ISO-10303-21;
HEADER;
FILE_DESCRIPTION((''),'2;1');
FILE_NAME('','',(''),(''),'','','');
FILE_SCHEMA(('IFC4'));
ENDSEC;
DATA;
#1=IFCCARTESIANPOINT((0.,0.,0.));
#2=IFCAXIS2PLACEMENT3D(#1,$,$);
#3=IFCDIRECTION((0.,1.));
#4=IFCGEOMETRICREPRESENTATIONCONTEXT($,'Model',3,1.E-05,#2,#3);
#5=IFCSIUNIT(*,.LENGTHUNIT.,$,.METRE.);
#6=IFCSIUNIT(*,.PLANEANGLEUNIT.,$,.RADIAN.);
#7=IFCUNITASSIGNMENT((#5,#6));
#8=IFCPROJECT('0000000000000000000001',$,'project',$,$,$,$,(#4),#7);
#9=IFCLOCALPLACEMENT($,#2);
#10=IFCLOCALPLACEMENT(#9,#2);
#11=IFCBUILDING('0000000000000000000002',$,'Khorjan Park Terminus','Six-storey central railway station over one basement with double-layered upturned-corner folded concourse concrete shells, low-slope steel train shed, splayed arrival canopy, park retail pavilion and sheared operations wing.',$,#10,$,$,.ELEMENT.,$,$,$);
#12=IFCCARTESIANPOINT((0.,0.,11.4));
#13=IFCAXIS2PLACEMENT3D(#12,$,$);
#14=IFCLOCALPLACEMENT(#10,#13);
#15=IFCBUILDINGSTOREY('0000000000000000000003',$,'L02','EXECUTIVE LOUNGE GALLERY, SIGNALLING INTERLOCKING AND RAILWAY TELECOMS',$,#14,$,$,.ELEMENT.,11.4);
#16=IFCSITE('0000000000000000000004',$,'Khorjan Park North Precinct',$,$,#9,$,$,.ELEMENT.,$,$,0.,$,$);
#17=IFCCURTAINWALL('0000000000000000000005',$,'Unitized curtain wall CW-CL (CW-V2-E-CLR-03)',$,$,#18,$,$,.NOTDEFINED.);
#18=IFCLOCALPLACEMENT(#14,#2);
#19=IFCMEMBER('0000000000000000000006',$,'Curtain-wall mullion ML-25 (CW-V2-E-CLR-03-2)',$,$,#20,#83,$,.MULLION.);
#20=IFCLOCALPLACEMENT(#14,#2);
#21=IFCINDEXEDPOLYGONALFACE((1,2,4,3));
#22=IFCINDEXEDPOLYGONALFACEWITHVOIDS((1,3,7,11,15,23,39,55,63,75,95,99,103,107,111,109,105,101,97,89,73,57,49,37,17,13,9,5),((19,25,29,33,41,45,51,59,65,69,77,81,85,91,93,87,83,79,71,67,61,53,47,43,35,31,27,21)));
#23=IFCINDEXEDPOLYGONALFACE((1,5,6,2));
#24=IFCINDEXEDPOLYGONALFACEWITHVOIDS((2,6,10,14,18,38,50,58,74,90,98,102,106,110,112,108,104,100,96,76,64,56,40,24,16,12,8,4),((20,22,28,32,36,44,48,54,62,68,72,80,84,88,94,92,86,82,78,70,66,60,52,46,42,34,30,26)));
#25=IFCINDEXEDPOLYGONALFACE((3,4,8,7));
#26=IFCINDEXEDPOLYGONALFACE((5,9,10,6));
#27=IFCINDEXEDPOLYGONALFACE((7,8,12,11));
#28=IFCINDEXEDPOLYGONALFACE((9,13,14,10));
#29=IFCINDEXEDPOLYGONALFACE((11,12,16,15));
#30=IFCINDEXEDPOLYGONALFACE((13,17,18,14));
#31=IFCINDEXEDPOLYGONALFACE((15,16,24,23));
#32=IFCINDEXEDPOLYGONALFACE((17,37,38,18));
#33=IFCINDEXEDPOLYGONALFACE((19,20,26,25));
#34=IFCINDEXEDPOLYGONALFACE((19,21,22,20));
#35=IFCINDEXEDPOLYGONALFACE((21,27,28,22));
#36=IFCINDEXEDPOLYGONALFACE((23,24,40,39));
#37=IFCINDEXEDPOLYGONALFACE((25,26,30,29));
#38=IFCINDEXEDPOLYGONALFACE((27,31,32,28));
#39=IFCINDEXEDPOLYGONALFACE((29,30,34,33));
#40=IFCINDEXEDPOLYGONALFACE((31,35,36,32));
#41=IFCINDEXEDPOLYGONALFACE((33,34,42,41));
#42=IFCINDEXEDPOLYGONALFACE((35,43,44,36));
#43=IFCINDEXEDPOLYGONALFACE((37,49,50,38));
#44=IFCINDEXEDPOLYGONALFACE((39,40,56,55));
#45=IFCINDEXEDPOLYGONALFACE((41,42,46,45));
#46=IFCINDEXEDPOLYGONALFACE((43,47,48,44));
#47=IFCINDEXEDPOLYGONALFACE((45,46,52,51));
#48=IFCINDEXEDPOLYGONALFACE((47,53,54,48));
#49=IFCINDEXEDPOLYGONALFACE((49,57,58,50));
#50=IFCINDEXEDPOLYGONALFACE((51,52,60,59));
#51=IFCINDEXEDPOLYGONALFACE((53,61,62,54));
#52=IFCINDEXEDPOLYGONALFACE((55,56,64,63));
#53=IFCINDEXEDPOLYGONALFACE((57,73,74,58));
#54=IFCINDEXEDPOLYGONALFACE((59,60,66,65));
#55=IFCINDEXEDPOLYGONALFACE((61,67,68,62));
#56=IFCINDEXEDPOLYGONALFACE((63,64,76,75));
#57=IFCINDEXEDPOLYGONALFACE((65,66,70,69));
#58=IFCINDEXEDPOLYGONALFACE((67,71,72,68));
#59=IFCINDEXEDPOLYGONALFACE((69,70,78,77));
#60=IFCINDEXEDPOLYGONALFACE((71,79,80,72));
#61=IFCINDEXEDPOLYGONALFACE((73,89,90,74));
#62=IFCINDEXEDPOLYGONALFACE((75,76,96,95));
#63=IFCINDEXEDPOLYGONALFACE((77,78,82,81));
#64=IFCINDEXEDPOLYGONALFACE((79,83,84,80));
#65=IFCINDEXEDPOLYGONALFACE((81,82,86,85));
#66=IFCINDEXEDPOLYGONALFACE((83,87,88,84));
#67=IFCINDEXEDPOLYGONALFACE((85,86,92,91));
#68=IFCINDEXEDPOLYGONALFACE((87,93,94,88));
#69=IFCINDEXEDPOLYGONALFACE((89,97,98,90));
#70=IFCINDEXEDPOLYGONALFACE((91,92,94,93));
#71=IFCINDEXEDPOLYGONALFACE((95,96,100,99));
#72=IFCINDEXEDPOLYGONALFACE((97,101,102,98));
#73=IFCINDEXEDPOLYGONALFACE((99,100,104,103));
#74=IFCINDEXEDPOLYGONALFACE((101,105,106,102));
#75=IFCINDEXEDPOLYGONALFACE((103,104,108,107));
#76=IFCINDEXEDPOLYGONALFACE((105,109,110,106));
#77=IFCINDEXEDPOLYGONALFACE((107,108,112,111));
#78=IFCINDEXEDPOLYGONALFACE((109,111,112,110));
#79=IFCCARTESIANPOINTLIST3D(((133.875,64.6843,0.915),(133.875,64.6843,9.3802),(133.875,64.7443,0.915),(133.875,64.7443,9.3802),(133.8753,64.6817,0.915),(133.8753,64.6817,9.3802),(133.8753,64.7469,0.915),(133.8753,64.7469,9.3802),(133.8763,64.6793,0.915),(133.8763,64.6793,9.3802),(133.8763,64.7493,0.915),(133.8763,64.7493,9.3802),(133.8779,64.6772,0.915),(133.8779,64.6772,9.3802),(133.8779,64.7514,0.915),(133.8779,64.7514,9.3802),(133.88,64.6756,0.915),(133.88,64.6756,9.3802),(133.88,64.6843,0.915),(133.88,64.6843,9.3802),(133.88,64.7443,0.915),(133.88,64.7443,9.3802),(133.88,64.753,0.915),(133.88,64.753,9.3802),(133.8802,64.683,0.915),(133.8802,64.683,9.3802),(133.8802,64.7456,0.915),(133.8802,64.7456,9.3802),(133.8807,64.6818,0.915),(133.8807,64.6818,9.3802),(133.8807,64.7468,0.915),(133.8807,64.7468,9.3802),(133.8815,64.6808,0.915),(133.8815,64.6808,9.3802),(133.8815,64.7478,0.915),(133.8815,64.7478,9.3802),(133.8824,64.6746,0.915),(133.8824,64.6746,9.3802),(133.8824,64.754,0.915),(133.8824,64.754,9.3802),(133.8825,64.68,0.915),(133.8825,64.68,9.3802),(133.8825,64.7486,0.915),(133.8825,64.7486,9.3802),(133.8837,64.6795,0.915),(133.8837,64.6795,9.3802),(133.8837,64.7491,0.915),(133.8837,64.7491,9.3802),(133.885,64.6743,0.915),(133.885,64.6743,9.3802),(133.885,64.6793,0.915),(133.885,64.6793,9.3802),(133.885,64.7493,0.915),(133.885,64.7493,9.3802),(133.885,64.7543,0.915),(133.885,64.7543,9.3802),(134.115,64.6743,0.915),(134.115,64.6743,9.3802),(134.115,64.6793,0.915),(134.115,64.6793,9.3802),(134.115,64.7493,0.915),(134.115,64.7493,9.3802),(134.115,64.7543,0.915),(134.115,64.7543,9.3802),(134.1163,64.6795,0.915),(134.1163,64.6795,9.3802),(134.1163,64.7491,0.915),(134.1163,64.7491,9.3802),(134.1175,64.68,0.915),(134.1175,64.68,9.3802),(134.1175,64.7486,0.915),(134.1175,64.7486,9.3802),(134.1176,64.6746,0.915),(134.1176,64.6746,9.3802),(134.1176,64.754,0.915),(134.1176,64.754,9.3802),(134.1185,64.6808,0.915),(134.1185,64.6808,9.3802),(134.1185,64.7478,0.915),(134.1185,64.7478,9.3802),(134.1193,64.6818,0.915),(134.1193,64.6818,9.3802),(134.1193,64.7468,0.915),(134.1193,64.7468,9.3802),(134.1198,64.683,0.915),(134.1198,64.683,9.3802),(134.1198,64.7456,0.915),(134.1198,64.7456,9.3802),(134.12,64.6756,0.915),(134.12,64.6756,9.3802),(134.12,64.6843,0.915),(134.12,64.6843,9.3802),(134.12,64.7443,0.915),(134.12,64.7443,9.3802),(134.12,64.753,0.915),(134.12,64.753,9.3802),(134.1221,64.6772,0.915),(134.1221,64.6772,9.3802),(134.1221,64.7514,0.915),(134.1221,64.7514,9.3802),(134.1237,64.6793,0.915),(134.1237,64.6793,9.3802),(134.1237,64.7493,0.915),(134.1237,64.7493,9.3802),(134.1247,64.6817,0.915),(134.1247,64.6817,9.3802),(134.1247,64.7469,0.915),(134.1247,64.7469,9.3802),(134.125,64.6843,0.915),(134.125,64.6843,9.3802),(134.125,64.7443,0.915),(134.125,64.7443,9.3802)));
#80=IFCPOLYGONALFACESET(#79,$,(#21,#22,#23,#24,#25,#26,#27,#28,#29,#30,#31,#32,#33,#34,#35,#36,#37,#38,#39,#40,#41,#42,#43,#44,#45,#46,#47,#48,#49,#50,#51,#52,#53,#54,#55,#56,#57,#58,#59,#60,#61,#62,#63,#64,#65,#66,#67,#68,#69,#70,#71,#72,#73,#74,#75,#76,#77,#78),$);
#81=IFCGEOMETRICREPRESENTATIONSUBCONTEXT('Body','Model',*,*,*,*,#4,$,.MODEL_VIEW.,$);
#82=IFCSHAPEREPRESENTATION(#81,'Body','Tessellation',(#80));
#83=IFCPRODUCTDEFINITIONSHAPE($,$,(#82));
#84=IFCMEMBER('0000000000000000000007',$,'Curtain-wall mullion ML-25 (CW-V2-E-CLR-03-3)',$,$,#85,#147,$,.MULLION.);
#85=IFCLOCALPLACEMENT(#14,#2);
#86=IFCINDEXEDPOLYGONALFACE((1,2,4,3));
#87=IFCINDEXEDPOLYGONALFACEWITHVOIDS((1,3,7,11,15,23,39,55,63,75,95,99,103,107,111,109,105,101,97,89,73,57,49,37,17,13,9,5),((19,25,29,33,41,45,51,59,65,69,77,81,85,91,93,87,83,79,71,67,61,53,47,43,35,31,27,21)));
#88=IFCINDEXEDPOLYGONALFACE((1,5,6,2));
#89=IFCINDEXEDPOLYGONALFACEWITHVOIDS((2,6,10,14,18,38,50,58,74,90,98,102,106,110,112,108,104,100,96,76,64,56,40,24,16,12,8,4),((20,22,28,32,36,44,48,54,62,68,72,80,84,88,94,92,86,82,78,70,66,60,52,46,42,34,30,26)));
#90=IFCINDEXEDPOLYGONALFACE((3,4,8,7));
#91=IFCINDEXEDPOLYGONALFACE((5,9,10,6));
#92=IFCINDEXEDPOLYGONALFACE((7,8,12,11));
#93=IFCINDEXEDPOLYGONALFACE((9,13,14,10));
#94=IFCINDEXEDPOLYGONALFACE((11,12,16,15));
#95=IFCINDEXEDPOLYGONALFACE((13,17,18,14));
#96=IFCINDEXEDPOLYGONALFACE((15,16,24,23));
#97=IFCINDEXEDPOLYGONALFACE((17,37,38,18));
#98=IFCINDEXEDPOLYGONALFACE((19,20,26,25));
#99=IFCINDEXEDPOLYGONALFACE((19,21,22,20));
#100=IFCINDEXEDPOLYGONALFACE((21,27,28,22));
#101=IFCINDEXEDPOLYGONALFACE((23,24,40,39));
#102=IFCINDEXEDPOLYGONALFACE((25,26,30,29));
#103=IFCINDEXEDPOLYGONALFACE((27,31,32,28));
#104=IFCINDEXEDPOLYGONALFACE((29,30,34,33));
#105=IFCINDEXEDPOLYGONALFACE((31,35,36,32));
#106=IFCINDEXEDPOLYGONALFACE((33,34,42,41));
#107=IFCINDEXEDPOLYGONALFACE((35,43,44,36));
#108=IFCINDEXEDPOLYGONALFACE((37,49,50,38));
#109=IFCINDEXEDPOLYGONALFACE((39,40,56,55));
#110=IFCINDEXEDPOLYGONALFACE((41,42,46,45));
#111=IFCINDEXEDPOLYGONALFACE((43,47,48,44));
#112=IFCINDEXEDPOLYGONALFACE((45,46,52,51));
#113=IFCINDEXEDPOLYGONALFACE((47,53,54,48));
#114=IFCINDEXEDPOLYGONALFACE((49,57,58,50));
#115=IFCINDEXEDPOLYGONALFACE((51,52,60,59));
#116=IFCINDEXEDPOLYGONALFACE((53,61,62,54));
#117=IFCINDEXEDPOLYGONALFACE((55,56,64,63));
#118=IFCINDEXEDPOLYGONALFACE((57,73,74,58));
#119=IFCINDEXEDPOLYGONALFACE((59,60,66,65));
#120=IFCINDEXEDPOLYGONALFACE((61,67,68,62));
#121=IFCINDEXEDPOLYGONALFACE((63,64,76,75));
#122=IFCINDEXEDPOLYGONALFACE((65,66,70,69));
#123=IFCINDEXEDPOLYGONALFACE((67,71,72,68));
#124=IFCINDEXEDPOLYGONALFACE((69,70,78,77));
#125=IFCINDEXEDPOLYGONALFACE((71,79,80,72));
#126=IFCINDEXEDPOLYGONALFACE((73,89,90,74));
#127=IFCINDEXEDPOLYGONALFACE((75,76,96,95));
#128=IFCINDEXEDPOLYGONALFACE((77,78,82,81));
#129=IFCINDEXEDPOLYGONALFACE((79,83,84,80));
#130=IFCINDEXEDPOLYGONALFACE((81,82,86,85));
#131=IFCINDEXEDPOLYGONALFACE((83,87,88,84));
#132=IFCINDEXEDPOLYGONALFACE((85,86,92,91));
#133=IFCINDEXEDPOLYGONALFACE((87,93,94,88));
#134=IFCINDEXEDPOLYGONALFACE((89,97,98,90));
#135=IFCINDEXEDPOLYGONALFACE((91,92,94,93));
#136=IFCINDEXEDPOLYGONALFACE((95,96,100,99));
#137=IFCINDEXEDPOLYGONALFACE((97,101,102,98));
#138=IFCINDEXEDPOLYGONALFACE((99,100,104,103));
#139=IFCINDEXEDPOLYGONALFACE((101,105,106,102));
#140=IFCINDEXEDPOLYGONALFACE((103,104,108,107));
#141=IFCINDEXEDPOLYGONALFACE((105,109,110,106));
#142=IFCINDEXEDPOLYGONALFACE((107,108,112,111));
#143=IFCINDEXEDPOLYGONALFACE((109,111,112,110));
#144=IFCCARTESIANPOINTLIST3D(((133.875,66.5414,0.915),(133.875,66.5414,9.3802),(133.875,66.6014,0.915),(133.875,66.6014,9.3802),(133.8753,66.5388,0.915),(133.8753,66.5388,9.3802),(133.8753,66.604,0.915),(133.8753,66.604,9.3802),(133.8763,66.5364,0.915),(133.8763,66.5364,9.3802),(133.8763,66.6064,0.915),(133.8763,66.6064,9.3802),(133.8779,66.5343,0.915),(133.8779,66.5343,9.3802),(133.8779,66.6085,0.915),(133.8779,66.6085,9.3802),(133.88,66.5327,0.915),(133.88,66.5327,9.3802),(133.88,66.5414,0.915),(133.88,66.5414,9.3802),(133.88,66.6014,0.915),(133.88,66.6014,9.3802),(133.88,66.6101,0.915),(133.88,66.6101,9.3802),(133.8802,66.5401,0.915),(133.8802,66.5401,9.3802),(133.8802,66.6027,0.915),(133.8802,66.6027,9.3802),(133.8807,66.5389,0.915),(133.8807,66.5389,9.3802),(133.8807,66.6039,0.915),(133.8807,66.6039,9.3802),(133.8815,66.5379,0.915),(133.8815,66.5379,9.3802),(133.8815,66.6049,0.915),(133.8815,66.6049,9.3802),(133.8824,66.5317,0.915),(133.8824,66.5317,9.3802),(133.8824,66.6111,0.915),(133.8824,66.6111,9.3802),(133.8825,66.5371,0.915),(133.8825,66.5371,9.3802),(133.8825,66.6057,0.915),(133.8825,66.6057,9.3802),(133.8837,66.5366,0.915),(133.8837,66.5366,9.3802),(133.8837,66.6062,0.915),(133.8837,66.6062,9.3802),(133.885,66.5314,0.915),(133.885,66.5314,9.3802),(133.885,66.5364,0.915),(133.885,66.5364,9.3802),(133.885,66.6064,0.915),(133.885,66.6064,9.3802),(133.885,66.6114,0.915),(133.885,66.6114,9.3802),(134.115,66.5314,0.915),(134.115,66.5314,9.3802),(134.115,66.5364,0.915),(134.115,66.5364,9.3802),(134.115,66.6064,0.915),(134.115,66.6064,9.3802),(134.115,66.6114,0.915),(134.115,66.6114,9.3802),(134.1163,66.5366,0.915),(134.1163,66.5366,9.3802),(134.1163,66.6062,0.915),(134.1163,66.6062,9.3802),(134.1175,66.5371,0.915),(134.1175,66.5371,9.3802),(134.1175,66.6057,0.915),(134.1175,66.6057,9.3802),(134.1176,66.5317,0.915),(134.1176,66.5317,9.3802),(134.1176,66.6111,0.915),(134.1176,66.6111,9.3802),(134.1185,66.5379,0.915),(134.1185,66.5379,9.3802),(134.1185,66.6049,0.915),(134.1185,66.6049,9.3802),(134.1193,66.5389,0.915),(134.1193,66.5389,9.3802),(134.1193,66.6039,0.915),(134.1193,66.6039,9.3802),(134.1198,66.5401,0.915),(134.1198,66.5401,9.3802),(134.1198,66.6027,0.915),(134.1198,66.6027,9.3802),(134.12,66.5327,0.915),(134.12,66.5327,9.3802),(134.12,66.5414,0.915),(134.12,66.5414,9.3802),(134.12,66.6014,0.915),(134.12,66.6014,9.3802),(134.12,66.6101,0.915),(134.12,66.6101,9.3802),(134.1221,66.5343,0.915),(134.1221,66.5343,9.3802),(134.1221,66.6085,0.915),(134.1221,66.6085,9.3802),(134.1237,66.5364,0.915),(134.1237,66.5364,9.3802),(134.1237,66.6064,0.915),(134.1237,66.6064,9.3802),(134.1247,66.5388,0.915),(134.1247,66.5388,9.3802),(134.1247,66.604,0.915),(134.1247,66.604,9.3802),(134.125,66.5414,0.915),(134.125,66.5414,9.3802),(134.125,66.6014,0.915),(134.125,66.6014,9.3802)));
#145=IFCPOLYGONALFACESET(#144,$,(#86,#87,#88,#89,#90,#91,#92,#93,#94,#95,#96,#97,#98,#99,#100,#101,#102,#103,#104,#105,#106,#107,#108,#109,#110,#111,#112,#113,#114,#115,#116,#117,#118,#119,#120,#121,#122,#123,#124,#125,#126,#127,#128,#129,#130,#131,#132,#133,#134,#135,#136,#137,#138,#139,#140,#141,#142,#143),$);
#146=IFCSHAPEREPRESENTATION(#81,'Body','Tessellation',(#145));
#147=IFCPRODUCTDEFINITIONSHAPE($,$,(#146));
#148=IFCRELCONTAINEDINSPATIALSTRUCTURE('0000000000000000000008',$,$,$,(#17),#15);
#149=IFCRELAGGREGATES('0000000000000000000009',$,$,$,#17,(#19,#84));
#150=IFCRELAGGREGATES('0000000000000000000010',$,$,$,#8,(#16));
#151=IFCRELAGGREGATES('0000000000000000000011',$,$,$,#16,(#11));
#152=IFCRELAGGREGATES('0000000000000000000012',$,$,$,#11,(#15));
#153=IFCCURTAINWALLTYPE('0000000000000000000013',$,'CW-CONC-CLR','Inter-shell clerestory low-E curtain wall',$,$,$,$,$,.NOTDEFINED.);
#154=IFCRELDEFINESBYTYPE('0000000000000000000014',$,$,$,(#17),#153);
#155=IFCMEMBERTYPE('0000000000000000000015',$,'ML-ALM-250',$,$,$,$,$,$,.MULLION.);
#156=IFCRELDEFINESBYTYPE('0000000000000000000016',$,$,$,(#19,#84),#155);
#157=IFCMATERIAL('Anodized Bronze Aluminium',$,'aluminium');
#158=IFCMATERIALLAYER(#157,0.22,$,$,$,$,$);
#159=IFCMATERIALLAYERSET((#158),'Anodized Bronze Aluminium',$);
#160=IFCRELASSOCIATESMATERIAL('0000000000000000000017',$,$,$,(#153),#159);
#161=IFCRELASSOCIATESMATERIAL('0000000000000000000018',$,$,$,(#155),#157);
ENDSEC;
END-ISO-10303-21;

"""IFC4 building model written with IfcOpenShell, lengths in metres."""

from ifc_helpers import new_model, si_unit, direction, frame, origin, origin_2d, place, context, subcontext, project, spatial, hollow_rectangle, extrude, material, layer, layer_set, material_profile, profile_set, type_object, element, aggregate, save


model = new_model("IFC4")

# Units and contexts
model_context = context("Model", 3, precision=1e-05, world=origin(), true_north=direction((0.0, 1.0)))
body_context = subcontext(model_context, "Body", "Model", "MODEL_VIEW")
ifc_project = project(units=[si_unit("LENGTHUNIT", "METRE"), si_unit("PLANEANGLEUNIT", "RADIAN")], contexts=[model_context])

# Site, building, storey
site_placement = place(None, origin())
site = spatial("IfcSite", under=ifc_project, at=site_placement, Name="Khorjan Park North Precinct", CompositionType="ELEMENT", RefElevation=0.0)
building_placement = place(site_placement, origin())
building = spatial("IfcBuilding", under=site, at=building_placement, Name="Khorjan Park Terminus", Description="Six-storey central railway station over one basement with double-layered upturned-corner folded concourse concrete shells, low-slope steel train shed, splayed arrival canopy, park retail pavilion and sheared operations wing.", CompositionType="ELEMENT")
storey_placement = place(building_placement, frame((0.0, 0.0, 11.4)))
storey = spatial("IfcBuildingStorey", under=building, at=storey_placement, Name="L02", Description="EXECUTIVE LOUNGE GALLERY, SIGNALLING INTERLOCKING AND RAILWAY TELECOMS", CompositionType="ELEMENT", Elevation=11.4)

# Shared definitions
ifc_material_1 = material(Name="Anodized Bronze Aluminium", Category="aluminium")
ifc_layer_1 = layer(ifc_material_1, 0.22)
ifc_layer_set_1 = layer_set([ifc_layer_1], Name="Anodized Bronze Aluminium")
curtain_wall_type = type_object("IfcCurtainWallType", Name="CW-CONC-CLR", Description="Inter-shell clerestory low-E curtain wall", PredefinedType="NOTDEFINED", material=ifc_layer_set_1)
ifc_material_profile_1 = material_profile(ifc_material_1, hollow_rectangle(XDim=0.08, YDim=0.25, WallThickness=0.005, InnerFilletRadius=0.005, OuterFilletRadius=0.01, at=origin_2d()), Name="ALM 80x250x5")
ifc_profile_set_1 = profile_set([ifc_material_profile_1], Name="Anodized Bronze Aluminium")
member_type_1 = type_object("IfcMemberType", Name="ML-ALM-250", PredefinedType="MULLION", material=ifc_profile_set_1)

# Curtain wall, members
curtain_wall_1_placement = place(storey_placement, origin())
curtain_wall_1 = element("IfcCurtainWall", 1, at=curtain_wall_1_placement, inside=storey, type_object=curtain_wall_type, Name="Unitized curtain wall CW-CL (CW-V2-E-CLR-03)", PredefinedType="NOTDEFINED")
member_1_placement = place(storey_placement, frame((134.0, 64.7143, 0.915), z_axis=(0.0, 0.0, 1.0), x_axis=(0.0, 1.0, 0.0)))
member_1 = element("IfcMember", 2, at=member_1_placement, type_object=member_type_1, Name="Curtain-wall mullion ML-25 (CW-V2-E-CLR-03-2)", PredefinedType="MULLION", context=body_context, shape_type="SweptSolid", body=[
    extrude(hollow_rectangle(XDim=0.08, YDim=0.25, WallThickness=0.005, InnerFilletRadius=0.005, OuterFilletRadius=0.01, at=origin_2d()), origin(), (0.0, 0.0, 1.0), 8.4652),
])
member_2_placement = place(storey_placement, frame((134.0, 66.5714, 0.915), z_axis=(0.0, 0.0, 1.0), x_axis=(0.0, 1.0, 0.0)))
member_2 = element("IfcMember", 3, at=member_2_placement, type_object=member_type_1, Name="Curtain-wall mullion ML-25 (CW-V2-E-CLR-03-3)", PredefinedType="MULLION", context=body_context, shape_type="SweptSolid", body=[
    extrude(hollow_rectangle(XDim=0.08, YDim=0.25, WallThickness=0.005, InnerFilletRadius=0.005, OuterFilletRadius=0.01, at=origin_2d()), origin(), (0.0, 0.0, 1.0), 8.4652),
])

aggregate(curtain_wall_1, [member_1, member_2])

save(model, "model.ifc")
